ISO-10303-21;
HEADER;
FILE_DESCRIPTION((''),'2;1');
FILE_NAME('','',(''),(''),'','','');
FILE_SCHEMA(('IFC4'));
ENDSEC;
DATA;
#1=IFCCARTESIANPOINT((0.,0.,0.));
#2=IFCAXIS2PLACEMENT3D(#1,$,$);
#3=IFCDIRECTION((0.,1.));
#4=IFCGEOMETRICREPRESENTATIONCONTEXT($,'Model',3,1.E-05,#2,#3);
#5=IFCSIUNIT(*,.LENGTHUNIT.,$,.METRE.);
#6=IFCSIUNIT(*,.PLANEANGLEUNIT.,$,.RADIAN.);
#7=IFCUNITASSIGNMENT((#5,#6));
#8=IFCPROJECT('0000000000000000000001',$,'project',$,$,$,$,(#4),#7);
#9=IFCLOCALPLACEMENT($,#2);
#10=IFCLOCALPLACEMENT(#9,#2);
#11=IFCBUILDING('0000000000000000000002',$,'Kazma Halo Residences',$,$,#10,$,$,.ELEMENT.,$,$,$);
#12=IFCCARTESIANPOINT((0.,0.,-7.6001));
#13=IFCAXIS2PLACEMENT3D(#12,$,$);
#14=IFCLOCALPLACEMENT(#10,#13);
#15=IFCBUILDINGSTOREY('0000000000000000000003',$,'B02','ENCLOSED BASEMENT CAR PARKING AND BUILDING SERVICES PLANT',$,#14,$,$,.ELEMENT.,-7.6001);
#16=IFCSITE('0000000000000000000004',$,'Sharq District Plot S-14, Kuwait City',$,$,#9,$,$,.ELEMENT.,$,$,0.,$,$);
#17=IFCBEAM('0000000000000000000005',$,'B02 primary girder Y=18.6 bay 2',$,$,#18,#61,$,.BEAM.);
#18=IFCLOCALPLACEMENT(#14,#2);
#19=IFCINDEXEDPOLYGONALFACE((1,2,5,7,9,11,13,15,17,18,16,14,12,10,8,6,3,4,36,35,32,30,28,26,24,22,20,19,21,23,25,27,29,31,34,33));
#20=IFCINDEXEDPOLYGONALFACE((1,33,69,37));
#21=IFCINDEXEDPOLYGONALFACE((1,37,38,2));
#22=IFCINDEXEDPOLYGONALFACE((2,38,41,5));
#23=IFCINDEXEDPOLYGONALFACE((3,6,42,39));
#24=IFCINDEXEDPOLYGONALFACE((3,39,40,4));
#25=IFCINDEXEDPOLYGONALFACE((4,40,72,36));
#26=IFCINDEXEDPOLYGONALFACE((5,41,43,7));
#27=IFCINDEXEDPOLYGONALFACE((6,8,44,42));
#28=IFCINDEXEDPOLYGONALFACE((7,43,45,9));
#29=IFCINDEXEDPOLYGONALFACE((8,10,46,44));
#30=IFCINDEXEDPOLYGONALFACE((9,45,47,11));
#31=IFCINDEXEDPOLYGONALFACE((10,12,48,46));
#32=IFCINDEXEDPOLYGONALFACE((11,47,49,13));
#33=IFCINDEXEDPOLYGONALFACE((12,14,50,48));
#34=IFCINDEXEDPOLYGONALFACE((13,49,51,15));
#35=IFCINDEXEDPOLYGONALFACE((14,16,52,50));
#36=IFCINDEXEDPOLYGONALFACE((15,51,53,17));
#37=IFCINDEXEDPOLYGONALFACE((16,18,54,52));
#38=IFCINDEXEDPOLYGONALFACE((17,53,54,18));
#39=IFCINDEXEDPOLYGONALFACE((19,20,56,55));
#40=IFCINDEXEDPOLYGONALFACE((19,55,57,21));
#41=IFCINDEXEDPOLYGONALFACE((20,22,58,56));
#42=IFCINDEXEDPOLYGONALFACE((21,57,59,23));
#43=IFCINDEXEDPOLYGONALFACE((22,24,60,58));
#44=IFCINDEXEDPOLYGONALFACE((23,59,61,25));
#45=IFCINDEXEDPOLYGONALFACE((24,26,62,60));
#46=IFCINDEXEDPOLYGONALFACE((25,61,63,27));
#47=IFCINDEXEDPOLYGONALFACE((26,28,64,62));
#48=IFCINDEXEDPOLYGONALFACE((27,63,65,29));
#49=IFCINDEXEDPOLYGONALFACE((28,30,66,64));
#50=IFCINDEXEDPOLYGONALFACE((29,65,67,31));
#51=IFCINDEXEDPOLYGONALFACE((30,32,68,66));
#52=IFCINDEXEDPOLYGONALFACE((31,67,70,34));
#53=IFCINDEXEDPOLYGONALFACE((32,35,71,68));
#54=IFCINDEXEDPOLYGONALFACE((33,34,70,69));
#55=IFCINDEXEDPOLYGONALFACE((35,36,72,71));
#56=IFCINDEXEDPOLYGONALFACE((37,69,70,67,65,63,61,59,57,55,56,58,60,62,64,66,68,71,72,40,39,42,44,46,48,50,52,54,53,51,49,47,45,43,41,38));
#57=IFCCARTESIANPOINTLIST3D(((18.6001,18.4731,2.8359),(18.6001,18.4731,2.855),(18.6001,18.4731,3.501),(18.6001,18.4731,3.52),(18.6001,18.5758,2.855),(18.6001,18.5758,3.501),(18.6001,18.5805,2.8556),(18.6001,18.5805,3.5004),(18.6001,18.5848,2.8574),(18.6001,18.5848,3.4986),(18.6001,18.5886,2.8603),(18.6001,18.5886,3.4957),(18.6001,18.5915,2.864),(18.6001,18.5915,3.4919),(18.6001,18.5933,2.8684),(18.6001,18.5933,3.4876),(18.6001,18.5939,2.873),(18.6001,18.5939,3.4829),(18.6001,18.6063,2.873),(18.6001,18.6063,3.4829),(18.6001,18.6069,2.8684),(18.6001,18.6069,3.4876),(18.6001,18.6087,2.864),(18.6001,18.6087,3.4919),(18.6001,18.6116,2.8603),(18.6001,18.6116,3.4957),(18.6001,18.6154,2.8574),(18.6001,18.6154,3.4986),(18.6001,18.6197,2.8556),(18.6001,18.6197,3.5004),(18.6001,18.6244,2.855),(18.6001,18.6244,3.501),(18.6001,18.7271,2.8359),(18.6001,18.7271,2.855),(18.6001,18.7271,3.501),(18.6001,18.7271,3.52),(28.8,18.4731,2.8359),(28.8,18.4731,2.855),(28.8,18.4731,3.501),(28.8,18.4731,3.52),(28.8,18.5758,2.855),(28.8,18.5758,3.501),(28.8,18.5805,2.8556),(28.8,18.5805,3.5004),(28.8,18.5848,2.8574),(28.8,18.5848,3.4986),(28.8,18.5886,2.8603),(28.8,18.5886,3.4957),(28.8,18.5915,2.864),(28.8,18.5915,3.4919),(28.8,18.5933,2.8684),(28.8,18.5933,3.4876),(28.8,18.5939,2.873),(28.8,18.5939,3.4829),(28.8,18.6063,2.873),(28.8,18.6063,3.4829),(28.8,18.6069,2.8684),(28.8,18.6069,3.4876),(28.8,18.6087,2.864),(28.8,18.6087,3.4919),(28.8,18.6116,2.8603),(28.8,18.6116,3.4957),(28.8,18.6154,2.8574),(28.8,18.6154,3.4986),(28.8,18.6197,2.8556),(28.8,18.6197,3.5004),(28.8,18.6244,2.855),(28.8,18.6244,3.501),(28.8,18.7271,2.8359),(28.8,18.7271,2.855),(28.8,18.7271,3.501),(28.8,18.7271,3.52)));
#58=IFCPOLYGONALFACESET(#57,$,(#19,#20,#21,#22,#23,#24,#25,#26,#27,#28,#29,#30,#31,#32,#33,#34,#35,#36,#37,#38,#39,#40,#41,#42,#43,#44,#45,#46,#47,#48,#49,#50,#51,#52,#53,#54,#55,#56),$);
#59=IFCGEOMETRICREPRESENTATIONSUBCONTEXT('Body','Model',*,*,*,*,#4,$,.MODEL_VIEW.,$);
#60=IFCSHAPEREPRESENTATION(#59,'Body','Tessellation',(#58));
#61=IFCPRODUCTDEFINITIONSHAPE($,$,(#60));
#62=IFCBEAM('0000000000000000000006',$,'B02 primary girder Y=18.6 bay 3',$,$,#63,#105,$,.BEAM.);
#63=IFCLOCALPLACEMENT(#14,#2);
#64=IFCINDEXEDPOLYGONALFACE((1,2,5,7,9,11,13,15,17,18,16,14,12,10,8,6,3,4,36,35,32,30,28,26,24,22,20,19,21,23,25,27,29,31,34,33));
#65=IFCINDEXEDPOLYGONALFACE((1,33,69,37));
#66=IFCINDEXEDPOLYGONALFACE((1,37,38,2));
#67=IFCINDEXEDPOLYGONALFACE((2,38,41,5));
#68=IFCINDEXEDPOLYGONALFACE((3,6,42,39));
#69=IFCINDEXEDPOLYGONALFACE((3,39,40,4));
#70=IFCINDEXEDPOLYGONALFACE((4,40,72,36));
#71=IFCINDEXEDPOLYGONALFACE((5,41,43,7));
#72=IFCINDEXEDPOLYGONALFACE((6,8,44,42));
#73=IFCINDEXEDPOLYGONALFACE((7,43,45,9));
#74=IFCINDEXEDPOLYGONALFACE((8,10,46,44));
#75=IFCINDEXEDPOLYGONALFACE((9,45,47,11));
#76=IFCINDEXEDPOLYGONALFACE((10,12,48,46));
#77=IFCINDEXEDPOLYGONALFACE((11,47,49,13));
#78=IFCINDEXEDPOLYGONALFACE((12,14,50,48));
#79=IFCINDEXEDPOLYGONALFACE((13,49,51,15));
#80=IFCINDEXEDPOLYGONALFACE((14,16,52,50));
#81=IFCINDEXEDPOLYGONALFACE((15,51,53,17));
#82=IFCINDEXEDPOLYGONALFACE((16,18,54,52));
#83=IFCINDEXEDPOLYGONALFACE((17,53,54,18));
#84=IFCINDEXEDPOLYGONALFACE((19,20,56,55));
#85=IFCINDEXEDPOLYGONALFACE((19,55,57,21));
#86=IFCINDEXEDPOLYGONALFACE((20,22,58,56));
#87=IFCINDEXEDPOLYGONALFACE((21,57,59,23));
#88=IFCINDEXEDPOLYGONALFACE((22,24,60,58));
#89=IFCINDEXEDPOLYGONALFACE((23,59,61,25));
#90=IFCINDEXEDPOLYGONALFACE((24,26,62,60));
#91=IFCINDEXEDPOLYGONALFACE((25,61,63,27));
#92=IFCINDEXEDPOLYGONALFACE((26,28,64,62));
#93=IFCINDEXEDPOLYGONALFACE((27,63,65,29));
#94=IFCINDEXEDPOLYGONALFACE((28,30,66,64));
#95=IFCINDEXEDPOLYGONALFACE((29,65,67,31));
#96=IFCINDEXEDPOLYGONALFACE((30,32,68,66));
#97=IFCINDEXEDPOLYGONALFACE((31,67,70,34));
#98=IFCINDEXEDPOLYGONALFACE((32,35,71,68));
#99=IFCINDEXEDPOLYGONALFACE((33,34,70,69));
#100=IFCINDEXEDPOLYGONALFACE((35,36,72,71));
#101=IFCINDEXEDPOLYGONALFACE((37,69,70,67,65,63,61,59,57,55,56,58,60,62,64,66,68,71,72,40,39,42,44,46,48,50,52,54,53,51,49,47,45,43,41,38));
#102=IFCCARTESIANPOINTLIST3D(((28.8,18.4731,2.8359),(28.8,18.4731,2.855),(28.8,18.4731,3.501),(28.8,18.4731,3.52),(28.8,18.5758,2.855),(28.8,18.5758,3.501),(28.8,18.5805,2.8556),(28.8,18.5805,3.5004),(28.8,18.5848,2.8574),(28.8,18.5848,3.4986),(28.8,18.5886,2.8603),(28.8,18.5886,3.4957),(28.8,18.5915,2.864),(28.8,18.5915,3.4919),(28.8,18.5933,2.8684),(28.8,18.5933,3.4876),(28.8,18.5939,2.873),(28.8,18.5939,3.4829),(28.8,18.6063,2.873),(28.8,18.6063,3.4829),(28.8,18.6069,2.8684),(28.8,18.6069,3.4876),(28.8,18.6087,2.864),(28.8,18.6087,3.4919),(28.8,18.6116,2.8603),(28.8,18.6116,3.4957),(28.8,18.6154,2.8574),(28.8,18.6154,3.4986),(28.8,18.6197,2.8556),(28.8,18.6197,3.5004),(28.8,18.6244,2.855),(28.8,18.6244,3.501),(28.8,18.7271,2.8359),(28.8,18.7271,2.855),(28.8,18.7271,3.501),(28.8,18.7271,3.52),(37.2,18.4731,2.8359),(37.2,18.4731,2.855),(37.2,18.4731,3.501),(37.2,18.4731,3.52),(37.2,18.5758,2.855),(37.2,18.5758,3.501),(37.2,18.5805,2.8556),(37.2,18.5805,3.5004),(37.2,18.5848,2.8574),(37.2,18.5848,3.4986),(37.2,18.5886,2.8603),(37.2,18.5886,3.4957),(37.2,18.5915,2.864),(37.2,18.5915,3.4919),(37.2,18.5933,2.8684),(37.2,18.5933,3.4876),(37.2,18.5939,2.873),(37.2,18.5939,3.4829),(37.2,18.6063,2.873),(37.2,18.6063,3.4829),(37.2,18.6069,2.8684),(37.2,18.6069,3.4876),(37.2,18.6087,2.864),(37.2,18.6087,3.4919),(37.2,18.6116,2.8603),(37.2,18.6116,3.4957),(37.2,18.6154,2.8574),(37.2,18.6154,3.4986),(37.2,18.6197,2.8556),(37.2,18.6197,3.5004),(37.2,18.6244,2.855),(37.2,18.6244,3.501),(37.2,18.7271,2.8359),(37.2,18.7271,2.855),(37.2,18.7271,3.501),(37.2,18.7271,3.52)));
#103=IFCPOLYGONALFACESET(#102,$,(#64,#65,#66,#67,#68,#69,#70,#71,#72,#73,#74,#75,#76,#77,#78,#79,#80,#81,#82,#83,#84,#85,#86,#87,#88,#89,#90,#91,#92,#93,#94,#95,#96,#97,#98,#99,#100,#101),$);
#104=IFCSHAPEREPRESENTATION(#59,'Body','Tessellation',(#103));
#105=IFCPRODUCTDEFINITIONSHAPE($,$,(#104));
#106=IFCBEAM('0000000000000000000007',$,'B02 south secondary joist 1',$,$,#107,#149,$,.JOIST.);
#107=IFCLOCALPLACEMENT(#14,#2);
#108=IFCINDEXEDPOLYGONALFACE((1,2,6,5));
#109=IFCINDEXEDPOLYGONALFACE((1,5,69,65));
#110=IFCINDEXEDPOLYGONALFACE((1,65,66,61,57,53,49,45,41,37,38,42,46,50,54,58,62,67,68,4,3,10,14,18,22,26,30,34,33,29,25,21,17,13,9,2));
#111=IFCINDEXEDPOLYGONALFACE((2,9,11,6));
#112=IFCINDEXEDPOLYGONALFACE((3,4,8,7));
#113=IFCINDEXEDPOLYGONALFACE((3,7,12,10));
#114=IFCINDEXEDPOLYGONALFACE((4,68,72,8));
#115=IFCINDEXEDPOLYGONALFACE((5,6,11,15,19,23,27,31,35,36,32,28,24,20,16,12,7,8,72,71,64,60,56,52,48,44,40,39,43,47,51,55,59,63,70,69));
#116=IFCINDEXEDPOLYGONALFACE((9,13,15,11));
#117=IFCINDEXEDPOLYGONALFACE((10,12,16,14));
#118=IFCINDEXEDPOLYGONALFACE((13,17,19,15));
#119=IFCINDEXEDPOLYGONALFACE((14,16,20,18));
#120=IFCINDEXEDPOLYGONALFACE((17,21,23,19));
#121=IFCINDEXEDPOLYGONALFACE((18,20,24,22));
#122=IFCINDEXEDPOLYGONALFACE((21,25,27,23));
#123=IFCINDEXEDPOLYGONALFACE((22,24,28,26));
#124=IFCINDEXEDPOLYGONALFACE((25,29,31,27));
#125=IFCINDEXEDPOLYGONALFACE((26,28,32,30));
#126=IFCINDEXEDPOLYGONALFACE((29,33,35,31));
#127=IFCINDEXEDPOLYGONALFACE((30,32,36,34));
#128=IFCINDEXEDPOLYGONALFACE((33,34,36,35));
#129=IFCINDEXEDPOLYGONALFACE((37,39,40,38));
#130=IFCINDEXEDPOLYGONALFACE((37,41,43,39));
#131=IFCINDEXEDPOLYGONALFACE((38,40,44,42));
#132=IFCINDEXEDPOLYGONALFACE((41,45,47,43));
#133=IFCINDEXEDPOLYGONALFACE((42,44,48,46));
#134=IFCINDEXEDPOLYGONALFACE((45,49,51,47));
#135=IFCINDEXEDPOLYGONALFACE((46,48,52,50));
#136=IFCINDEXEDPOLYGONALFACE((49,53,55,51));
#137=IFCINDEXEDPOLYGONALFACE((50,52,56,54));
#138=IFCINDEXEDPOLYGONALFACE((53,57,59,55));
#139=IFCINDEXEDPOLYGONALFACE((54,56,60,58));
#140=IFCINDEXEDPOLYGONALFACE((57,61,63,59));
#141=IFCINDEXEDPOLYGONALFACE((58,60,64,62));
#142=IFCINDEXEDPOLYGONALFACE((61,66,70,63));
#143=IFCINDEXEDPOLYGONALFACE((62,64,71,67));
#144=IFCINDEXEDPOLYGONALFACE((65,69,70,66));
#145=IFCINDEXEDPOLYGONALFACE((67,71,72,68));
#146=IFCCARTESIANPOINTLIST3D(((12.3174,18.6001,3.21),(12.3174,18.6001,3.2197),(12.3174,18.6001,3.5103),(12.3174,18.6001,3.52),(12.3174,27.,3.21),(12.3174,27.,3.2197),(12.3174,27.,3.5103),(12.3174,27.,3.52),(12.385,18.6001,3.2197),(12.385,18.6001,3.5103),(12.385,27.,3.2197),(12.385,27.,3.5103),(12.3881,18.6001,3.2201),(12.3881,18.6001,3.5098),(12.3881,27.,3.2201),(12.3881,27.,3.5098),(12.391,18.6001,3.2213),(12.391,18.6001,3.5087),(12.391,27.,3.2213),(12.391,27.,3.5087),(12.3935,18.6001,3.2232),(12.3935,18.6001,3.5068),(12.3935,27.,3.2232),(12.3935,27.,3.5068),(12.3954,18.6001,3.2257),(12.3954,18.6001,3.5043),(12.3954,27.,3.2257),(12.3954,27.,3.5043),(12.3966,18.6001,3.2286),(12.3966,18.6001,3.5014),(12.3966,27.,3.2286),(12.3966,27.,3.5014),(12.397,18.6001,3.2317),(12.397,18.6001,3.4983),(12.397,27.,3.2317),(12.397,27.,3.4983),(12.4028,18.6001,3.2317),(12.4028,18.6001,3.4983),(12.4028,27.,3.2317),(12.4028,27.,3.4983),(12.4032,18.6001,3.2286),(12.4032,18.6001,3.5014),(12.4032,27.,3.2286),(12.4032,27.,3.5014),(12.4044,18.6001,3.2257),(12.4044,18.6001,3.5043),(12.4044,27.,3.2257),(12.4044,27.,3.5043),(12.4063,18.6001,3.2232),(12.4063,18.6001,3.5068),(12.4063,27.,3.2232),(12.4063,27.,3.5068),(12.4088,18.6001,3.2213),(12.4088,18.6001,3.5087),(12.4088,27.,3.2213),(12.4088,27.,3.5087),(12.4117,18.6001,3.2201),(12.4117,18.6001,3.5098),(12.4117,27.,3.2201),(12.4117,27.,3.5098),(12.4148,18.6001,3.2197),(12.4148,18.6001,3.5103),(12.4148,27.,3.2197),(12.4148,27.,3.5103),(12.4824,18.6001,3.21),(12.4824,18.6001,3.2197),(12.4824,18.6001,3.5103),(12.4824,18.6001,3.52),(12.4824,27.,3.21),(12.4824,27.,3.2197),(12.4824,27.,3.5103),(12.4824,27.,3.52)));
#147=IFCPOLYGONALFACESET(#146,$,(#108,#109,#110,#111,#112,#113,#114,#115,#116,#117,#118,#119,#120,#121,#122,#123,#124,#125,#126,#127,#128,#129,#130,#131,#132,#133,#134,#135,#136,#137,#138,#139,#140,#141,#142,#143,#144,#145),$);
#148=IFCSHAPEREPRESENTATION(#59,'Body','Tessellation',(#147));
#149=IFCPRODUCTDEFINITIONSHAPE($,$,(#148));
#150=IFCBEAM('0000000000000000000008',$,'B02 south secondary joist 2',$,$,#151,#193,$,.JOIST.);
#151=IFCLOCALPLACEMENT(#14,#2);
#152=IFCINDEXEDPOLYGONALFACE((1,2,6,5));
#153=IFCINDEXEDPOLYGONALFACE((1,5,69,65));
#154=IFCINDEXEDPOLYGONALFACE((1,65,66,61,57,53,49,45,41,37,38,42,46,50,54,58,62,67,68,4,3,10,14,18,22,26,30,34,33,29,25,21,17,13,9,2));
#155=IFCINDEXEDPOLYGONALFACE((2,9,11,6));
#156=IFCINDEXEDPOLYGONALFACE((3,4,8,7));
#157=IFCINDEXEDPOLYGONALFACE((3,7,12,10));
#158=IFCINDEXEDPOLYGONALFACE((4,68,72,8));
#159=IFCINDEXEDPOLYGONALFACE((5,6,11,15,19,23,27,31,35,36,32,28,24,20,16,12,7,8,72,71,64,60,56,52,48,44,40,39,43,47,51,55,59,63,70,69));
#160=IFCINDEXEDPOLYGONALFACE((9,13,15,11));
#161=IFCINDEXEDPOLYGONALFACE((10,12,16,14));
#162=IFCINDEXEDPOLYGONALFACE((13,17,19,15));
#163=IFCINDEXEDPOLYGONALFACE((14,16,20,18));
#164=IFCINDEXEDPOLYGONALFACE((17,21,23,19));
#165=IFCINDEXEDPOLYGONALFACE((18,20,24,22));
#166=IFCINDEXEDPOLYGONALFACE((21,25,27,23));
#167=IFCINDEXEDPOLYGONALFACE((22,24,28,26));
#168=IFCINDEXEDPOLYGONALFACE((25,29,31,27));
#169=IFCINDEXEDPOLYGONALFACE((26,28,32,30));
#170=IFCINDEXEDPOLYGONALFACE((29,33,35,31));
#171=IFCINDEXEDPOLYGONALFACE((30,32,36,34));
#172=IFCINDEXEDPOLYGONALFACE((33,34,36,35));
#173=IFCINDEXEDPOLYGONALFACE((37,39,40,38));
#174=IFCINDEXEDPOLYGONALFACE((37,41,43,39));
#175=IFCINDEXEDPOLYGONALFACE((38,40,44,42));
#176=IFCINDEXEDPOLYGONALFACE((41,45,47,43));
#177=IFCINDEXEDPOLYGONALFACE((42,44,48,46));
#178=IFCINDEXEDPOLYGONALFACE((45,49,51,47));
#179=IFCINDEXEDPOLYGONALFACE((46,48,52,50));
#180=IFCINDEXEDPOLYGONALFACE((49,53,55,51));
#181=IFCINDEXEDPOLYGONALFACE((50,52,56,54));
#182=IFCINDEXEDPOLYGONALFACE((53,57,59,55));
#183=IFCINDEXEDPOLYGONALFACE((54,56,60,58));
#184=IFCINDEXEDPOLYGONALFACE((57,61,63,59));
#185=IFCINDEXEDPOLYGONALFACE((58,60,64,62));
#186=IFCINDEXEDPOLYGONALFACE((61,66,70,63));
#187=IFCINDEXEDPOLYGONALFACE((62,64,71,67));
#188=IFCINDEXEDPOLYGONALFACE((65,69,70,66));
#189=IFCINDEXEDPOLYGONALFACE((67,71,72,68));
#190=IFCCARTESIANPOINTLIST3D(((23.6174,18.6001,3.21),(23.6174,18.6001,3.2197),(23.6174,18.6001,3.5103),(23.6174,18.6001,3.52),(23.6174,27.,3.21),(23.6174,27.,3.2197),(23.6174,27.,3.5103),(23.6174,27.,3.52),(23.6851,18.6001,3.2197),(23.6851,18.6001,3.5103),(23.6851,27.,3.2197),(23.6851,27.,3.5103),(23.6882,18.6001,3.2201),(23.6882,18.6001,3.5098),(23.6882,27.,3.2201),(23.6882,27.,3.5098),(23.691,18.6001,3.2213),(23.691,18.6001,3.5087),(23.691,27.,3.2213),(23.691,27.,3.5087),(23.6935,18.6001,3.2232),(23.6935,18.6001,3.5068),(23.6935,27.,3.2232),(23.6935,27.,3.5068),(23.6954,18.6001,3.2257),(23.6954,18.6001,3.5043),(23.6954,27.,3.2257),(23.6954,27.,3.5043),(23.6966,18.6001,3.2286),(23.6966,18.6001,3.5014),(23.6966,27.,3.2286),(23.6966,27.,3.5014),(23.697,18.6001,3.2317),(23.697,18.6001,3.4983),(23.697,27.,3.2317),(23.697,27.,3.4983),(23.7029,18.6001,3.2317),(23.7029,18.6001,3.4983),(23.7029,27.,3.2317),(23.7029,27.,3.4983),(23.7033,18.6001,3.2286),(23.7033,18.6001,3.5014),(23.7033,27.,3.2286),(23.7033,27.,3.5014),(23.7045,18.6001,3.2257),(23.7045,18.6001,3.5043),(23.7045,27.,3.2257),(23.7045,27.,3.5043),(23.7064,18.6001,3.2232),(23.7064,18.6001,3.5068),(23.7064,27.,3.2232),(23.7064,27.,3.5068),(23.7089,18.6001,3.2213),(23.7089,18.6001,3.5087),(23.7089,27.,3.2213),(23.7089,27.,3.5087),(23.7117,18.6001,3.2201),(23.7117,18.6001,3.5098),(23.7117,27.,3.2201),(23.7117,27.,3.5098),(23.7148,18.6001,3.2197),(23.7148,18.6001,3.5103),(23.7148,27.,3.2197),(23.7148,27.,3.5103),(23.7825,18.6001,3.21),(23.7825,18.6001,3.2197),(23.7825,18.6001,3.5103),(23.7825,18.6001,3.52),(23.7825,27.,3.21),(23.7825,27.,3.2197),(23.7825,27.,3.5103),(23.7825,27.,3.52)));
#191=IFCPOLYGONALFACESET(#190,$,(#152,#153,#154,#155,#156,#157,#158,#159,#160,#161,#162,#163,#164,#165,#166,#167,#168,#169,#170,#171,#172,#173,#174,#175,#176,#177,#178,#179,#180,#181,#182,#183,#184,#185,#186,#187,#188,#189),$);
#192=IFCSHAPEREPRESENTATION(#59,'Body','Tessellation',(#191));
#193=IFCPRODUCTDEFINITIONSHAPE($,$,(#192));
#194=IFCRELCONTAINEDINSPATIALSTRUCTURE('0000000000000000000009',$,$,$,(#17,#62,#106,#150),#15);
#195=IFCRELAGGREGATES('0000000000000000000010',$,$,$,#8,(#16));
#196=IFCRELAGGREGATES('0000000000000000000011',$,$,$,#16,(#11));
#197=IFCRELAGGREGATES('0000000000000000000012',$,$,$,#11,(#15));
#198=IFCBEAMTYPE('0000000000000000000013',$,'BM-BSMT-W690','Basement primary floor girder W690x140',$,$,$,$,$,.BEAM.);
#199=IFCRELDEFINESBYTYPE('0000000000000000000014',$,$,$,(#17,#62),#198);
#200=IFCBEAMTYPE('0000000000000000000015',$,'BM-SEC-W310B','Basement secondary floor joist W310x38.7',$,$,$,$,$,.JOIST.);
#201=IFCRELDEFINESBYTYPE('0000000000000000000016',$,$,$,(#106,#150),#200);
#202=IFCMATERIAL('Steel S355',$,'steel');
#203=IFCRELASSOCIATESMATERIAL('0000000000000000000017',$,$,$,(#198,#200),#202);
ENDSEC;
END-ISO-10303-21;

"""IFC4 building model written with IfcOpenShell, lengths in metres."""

from ifc_helpers import new_model, si_unit, direction, frame, origin, origin_2d, place, context, subcontext, project, spatial, i_section, extrude, material, material_profile, profile_set, type_object, element, save


model = new_model("IFC4")

# Units and contexts
model_context = context("Model", 3, precision=1e-05, world=origin(), true_north=direction((0.0, 1.0)))
body_context = subcontext(model_context, "Body", "Model", "MODEL_VIEW")
ifc_project = project(units=[si_unit("LENGTHUNIT", "METRE"), si_unit("PLANEANGLEUNIT", "RADIAN")], contexts=[model_context])

# Site, building, storey
site_placement = place(None, origin())
site = spatial("IfcSite", under=ifc_project, at=site_placement, Name="Sharq District Plot S-14, Kuwait City", CompositionType="ELEMENT", RefElevation=0.0)
building_placement = place(site_placement, origin())
building = spatial("IfcBuilding", under=site, at=building_placement, Name="Kazma Halo Residences", CompositionType="ELEMENT")
storey_placement = place(building_placement, frame((0.0, 0.0, -7.6001)))
storey = spatial("IfcBuildingStorey", under=building, at=storey_placement, Name="B02", Description="ENCLOSED BASEMENT CAR PARKING AND BUILDING SERVICES PLANT", CompositionType="ELEMENT", Elevation=-7.6001)

# Beams
ifc_material_1 = material(Name="Steel S355", Category="steel")
ifc_material_profile_1 = material_profile(ifc_material_1, i_section(OverallWidth=0.2539, OverallDepth=0.6841, WebThickness=0.0125, FlangeThickness=0.019, FilletRadius=0.0181, at=origin_2d()), Name="W690x140")
ifc_profile_set_1 = profile_set([ifc_material_profile_1], Name="Steel S355")
beam_type_1 = type_object("IfcBeamType", Name="BM-BSMT-W690", Description="Basement primary floor girder W690x140", PredefinedType="BEAM", material=ifc_profile_set_1)
beam_1_placement = place(storey_placement, frame((18.6001, 18.6001, 3.178), z_axis=(1.0, 0.0, 0.0), x_axis=(0.0, 1.0, 0.0)))
element("IfcBeam", 1, at=beam_1_placement, inside=storey, type_object=beam_type_1, Name="B02 primary girder Y=18.6 bay 2", PredefinedType="BEAM", context=body_context, shape_type="SweptSolid", body=[
    extrude(i_section(OverallWidth=0.2539, OverallDepth=0.6841, WebThickness=0.0125, FlangeThickness=0.019, FilletRadius=0.0181, at=origin_2d()), origin(), (0.0, 0.0, 1.0), 10.2),
])
beam_2_placement = place(storey_placement, frame((28.8, 18.6001, 3.178), z_axis=(1.0, 0.0, 0.0), x_axis=(0.0, 1.0, 0.0)))
element("IfcBeam", 2, at=beam_2_placement, inside=storey, type_object=beam_type_1, Name="B02 primary girder Y=18.6 bay 3", PredefinedType="BEAM", context=body_context, shape_type="SweptSolid", body=[
    extrude(i_section(OverallWidth=0.2539, OverallDepth=0.6841, WebThickness=0.0125, FlangeThickness=0.019, FilletRadius=0.0181, at=origin_2d()), origin(), (0.0, 0.0, 1.0), 8.3999),
])
ifc_material_profile_2 = material_profile(ifc_material_1, i_section(OverallWidth=0.165, OverallDepth=0.3101, WebThickness=0.0059, FlangeThickness=0.0098, FilletRadius=0.012, at=origin_2d()), Name="W310x38.7")
ifc_profile_set_2 = profile_set([ifc_material_profile_2], Name="Steel S355")
beam_type_2 = type_object("IfcBeamType", Name="BM-SEC-W310B", Description="Basement secondary floor joist W310x38.7", PredefinedType="JOIST", material=ifc_profile_set_2)
for number, where, z_axis, x_axis, name in (
    (3, (12.3999, 18.6001, 3.365), (0.0, 1.0, 0.0), (-1.0, 0.0, 0.0), "B02 south secondary joist 1"),
    (4, (23.7, 18.6001, 3.365), (0.0, 1.0, 0.0), (-1.0, 0.0, 0.0), "B02 south secondary joist 2"),
):
    element("IfcBeam", number, at=place(storey_placement, frame(where, z_axis=z_axis, x_axis=x_axis)), inside=storey, type_object=beam_type_2, Name=name, PredefinedType="JOIST", context=body_context, shape_type="SweptSolid", body=[
        extrude(i_section(OverallWidth=0.165, OverallDepth=0.3101, WebThickness=0.0059, FlangeThickness=0.0098, FilletRadius=0.012, at=origin_2d()), origin(), (0.0, 0.0, 1.0), 8.3999),
    ])

save(model, "model.ifc")
